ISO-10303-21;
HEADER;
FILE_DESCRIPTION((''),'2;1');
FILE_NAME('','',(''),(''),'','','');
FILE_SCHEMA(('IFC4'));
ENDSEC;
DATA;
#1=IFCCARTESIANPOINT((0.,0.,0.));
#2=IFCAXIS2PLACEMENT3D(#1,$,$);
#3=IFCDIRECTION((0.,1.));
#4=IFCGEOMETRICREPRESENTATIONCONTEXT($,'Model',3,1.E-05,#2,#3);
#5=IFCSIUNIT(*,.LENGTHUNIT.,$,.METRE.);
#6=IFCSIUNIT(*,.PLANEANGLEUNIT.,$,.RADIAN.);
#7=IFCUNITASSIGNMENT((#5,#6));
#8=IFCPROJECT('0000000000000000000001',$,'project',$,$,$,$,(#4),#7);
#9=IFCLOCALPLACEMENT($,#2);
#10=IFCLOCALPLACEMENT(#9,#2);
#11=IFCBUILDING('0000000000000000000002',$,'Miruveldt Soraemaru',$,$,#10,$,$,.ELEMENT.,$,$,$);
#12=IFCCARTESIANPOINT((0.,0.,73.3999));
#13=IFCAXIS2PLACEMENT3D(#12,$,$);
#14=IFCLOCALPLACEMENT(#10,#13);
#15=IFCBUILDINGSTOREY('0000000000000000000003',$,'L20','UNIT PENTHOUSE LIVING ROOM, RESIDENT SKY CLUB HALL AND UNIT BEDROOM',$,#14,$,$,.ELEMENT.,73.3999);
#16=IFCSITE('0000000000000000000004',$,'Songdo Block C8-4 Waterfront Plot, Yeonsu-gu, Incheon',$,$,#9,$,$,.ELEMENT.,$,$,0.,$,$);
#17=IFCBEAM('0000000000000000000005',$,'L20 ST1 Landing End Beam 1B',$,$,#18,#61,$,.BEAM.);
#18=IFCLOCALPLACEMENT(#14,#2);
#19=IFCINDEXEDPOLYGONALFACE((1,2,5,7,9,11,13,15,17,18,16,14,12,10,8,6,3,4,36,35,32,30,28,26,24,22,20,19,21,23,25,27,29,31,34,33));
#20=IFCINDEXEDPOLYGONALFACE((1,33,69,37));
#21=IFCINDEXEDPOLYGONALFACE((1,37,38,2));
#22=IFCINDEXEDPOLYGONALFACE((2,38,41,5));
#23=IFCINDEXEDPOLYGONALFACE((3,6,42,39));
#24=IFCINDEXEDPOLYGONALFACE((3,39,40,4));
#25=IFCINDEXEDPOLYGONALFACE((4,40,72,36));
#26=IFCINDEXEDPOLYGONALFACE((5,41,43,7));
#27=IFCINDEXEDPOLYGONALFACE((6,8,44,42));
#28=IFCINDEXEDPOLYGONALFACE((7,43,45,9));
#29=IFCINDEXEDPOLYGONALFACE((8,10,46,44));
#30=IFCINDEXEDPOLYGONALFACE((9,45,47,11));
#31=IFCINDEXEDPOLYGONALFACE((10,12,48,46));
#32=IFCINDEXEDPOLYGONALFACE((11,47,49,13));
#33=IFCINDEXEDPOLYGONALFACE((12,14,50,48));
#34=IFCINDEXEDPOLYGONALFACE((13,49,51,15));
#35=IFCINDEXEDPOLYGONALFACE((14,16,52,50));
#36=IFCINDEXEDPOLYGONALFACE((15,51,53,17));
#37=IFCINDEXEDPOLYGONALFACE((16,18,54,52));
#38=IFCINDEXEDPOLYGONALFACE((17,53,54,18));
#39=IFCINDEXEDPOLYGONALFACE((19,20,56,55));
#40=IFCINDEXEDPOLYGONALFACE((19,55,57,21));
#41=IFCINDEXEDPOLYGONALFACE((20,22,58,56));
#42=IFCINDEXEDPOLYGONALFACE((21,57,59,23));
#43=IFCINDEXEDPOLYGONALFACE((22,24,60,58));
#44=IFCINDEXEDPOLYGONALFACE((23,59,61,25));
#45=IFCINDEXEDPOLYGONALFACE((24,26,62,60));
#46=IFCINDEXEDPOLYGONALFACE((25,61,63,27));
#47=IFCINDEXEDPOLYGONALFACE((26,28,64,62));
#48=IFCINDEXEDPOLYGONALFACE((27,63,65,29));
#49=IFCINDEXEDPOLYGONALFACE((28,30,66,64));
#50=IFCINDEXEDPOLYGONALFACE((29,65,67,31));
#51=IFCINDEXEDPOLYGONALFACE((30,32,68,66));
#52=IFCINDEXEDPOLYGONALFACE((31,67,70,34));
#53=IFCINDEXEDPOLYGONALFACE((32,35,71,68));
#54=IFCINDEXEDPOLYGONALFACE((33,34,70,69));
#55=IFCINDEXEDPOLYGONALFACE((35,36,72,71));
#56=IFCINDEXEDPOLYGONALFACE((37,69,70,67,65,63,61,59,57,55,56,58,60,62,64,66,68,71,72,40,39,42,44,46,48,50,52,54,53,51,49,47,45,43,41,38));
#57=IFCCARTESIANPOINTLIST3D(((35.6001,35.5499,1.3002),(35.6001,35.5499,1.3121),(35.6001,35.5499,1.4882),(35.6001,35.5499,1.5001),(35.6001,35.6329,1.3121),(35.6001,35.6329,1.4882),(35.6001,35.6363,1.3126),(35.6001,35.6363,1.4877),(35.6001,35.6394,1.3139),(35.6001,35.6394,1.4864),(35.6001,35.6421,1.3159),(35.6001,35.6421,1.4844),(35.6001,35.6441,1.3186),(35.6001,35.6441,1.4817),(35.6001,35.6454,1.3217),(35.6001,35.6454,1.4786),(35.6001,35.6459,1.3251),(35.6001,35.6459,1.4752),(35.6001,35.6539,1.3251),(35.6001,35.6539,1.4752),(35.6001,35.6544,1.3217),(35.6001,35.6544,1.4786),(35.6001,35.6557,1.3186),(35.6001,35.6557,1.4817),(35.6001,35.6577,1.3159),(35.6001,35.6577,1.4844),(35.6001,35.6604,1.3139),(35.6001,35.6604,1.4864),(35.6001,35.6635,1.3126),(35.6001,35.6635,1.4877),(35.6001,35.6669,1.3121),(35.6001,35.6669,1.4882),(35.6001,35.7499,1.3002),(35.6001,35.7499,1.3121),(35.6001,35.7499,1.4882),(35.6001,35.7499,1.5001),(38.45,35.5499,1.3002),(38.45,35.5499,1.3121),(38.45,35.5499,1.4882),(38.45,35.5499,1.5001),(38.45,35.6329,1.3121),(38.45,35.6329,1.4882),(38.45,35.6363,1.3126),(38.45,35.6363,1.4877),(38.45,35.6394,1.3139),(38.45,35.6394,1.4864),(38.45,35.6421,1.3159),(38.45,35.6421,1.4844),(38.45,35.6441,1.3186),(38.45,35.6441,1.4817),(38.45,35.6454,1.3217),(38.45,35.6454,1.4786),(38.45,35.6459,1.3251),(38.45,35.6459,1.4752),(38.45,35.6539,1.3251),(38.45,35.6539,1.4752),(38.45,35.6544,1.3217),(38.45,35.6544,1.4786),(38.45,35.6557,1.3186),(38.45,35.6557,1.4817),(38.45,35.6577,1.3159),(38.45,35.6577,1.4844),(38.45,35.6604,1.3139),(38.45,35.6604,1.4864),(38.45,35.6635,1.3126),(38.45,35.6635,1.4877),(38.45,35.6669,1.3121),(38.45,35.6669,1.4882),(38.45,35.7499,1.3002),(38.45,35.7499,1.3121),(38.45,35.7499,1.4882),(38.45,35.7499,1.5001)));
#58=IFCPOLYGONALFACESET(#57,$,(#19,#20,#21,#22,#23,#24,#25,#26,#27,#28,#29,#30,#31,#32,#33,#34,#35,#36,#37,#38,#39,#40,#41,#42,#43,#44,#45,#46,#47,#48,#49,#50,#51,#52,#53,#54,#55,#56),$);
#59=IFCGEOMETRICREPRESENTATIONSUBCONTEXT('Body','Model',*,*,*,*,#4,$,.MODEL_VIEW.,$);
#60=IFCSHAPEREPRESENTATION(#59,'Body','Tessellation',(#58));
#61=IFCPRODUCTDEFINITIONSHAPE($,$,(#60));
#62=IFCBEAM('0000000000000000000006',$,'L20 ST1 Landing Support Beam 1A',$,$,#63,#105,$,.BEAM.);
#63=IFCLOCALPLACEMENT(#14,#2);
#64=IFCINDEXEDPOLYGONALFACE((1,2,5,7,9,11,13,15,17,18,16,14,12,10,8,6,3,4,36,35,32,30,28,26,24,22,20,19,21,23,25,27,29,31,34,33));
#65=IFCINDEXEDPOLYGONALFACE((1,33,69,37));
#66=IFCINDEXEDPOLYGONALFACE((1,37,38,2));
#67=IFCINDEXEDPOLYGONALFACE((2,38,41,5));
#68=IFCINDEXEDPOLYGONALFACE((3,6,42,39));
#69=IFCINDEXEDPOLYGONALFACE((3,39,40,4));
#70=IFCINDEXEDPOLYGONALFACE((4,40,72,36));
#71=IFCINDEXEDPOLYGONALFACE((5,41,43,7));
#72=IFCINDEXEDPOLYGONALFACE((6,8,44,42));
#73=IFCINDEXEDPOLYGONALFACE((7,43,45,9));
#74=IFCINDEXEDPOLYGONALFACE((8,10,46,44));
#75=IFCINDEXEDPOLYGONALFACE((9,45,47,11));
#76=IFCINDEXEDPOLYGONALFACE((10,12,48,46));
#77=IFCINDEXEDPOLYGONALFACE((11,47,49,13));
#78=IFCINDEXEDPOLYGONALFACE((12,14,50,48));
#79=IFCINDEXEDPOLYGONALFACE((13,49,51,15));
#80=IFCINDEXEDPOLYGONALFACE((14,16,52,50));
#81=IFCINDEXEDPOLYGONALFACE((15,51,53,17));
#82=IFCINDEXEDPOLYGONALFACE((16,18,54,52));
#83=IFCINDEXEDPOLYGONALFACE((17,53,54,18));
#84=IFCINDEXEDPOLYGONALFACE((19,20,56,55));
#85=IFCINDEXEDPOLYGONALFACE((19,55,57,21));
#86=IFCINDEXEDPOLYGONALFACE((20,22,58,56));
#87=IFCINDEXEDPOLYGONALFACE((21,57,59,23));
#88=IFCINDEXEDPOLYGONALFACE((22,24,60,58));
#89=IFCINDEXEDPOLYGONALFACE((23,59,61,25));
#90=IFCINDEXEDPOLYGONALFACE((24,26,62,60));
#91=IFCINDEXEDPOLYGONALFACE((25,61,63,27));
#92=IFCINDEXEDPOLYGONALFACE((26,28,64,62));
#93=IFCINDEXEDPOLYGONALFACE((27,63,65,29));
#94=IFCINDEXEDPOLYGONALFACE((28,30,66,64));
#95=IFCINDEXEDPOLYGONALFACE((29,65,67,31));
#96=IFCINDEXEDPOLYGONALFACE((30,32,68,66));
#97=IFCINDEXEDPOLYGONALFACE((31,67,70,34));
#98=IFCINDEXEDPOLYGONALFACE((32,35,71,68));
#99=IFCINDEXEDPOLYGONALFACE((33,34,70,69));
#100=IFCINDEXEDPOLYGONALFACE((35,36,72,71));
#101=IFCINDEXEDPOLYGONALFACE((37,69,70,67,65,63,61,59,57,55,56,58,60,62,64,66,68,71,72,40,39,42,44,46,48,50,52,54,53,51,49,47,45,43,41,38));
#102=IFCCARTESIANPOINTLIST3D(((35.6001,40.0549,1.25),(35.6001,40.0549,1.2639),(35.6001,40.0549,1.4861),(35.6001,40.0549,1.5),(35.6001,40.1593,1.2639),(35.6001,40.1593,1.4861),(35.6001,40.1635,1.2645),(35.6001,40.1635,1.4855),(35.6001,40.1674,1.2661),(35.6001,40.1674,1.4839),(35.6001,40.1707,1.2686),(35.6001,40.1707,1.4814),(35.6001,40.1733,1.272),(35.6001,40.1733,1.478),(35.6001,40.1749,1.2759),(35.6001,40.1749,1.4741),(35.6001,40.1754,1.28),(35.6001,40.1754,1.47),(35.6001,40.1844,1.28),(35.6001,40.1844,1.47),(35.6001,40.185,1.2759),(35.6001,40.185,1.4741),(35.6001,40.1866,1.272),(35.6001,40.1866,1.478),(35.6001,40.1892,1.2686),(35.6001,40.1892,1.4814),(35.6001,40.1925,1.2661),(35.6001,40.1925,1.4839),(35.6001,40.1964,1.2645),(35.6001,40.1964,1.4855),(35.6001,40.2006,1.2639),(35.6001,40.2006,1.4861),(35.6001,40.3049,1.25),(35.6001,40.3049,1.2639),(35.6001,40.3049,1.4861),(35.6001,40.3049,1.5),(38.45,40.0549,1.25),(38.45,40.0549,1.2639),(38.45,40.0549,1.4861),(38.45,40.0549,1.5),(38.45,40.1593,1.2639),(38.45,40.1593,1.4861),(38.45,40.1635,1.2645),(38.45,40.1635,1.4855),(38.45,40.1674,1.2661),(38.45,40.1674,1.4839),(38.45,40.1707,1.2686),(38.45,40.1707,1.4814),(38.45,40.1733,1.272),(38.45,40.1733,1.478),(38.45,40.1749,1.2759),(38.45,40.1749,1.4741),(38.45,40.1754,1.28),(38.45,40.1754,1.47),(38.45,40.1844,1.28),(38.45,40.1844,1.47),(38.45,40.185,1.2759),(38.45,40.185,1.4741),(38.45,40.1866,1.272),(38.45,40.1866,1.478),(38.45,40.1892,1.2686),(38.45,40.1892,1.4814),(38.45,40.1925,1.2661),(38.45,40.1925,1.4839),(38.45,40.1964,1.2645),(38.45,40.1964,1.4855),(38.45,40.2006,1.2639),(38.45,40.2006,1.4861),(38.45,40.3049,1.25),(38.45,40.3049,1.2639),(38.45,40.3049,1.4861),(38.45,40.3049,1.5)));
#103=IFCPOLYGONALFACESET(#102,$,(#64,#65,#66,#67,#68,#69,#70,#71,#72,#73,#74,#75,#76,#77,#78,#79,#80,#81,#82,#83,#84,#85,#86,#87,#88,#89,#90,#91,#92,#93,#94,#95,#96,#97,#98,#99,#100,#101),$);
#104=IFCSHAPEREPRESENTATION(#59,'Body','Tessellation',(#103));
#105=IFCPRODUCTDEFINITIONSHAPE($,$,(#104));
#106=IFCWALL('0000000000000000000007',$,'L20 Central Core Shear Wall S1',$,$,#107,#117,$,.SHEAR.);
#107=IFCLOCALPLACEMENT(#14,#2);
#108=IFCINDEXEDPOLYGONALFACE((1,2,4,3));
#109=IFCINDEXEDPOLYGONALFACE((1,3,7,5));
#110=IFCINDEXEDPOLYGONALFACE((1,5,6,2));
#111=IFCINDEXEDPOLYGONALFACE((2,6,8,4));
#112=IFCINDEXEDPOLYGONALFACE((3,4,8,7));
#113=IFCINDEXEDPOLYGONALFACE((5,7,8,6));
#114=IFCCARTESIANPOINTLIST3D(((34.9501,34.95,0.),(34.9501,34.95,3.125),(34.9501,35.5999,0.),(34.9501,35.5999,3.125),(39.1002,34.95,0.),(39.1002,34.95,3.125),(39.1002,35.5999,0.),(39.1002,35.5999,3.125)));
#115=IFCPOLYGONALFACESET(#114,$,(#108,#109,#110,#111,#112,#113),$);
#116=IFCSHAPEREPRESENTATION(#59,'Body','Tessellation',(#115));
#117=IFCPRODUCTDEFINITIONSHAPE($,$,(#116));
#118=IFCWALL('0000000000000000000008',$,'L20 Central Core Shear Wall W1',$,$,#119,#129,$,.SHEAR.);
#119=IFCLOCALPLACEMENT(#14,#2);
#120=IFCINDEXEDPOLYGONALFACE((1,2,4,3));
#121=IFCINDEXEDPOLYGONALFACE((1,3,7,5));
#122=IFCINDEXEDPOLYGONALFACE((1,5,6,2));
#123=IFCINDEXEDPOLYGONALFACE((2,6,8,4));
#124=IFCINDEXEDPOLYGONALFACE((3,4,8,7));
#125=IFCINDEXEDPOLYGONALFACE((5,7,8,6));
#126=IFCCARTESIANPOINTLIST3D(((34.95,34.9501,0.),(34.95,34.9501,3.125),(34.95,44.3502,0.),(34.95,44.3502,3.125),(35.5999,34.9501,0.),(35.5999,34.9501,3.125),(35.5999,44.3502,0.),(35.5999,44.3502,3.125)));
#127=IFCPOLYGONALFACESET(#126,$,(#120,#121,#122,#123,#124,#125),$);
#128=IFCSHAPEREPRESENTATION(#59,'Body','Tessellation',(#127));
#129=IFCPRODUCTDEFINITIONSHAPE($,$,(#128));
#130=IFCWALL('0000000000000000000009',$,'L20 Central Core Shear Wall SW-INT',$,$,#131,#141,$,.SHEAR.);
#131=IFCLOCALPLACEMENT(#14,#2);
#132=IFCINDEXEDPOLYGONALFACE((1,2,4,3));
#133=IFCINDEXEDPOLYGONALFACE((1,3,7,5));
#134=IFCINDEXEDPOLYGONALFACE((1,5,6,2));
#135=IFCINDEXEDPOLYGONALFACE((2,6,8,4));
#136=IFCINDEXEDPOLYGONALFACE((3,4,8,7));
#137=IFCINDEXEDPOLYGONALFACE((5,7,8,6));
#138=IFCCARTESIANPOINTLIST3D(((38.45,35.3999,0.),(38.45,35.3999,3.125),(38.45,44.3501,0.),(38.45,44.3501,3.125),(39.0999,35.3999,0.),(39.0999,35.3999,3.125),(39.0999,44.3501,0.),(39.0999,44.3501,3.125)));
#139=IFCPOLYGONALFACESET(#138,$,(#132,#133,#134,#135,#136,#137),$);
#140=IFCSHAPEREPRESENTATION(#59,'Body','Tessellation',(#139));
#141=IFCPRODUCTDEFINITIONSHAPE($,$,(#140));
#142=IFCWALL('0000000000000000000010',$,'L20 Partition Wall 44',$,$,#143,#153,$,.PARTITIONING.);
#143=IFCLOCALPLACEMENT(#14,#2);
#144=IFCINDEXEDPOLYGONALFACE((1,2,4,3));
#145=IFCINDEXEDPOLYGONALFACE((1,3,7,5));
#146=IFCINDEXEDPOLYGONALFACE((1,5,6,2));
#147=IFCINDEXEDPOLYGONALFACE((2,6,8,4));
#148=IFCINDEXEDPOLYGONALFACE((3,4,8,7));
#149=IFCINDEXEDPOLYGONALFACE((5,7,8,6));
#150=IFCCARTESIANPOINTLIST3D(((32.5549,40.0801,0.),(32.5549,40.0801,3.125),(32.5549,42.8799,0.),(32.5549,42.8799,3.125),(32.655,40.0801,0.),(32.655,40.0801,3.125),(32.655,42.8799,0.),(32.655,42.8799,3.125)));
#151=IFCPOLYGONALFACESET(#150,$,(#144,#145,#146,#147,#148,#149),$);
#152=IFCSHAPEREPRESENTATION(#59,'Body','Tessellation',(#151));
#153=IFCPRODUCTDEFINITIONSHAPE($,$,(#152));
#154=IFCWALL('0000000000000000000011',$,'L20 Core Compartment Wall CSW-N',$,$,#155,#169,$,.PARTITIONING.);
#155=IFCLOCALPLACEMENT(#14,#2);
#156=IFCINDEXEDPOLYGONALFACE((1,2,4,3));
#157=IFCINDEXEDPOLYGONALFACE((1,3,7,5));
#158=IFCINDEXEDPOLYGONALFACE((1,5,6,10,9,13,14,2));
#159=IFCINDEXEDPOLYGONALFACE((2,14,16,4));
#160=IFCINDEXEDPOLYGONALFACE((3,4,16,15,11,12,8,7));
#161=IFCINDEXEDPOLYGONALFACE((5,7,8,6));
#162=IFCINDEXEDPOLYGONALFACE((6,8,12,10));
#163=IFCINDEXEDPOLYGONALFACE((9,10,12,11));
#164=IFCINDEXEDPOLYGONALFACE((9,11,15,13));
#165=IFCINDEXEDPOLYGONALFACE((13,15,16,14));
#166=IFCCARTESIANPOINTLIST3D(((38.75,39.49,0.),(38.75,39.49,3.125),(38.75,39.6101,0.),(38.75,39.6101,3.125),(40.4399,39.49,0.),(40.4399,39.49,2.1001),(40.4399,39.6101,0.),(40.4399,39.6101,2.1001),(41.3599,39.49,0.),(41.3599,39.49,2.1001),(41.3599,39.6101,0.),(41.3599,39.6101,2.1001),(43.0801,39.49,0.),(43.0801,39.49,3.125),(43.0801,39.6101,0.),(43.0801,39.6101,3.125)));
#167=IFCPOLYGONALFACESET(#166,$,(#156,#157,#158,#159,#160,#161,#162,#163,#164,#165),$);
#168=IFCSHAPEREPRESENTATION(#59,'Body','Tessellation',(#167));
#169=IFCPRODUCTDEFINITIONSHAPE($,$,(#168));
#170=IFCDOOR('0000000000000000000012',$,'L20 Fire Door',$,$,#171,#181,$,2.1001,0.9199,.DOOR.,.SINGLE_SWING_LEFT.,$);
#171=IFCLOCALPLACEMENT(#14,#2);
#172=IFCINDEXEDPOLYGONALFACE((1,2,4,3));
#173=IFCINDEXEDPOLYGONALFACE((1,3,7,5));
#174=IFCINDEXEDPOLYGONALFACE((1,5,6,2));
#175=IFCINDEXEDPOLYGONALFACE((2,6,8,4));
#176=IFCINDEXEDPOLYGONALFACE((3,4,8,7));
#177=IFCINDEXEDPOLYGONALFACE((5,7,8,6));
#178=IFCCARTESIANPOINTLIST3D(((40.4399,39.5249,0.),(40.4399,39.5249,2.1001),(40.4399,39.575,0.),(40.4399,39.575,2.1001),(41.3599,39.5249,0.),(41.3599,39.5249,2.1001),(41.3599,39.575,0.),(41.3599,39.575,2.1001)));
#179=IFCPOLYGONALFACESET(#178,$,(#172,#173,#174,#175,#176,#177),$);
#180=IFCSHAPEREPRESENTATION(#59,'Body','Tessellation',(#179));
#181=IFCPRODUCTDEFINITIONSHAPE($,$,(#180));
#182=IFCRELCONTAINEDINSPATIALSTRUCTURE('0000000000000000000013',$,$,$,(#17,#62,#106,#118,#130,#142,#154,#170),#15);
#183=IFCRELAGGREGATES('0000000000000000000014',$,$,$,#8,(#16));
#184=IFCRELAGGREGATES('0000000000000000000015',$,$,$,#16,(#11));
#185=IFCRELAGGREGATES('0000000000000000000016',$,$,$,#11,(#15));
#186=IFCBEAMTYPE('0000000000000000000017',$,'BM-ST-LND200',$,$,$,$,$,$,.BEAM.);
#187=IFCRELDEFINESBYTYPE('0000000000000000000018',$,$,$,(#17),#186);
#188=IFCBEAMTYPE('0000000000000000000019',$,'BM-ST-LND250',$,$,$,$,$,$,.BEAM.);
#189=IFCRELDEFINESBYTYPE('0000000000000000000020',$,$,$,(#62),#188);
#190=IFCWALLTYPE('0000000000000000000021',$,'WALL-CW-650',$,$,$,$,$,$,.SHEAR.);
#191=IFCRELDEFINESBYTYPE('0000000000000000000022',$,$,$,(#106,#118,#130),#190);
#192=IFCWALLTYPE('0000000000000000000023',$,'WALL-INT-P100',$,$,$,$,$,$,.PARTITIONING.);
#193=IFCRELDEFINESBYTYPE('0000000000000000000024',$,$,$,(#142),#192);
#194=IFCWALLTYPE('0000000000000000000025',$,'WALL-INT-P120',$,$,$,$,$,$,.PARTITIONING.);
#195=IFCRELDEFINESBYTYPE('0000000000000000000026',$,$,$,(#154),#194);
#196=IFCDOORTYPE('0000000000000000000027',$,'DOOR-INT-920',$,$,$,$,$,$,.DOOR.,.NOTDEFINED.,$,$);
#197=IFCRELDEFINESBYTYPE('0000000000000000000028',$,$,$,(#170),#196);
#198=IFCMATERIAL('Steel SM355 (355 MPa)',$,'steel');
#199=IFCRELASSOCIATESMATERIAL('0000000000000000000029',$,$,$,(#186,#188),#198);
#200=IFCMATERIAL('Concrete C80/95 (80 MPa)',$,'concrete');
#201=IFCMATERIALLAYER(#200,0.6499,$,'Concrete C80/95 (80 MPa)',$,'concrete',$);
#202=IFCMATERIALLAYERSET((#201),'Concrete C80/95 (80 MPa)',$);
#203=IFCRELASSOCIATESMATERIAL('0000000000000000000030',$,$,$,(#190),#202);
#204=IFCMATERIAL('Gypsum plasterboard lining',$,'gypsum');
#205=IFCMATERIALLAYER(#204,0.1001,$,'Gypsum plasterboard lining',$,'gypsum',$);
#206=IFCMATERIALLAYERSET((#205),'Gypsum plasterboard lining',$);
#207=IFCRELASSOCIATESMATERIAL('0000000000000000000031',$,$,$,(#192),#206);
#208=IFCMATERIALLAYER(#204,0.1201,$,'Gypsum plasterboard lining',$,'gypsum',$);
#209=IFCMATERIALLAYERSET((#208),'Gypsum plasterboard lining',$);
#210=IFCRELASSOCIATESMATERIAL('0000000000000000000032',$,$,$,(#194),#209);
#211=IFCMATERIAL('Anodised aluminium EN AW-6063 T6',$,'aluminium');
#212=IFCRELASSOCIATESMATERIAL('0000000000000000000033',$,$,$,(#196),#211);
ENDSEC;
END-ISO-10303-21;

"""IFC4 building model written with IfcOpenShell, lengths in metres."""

from ifc_helpers import new_model, si_unit, direction, frame, frame_2d, origin, origin_2d, place, context, subcontext, project, spatial, rectangle, i_section, extrude, material, layer, layer_set, material_profile, profile_set, type_object, element, fill, save


model = new_model("IFC4")

# Units and contexts
model_context = context("Model", 3, precision=1e-05, world=origin(), true_north=direction((0.0, 1.0)))
body_context = subcontext(model_context, "Body", "Model", "MODEL_VIEW")
ifc_project = project(units=[si_unit("LENGTHUNIT", "METRE"), si_unit("PLANEANGLEUNIT", "RADIAN")], contexts=[model_context])

# Site, building, storey
site_placement = place(None, origin())
site = spatial("IfcSite", under=ifc_project, at=site_placement, Name="Songdo Block C8-4 Waterfront Plot, Yeonsu-gu, Incheon", CompositionType="ELEMENT", RefElevation=0.0)
building_placement = place(site_placement, origin())
building = spatial("IfcBuilding", under=site, at=building_placement, Name="Miruveldt Soraemaru", CompositionType="ELEMENT")
storey_placement = place(building_placement, frame((0.0, 0.0, 73.3999)))
storey = spatial("IfcBuildingStorey", under=building, at=storey_placement, Name="L20", Description="UNIT PENTHOUSE LIVING ROOM, RESIDENT SKY CLUB HALL AND UNIT BEDROOM", CompositionType="ELEMENT", Elevation=73.3999)

# Beams
ifc_material_1 = material(Name="Steel SM355 (355 MPa)", Category="steel")
ifc_material_profile_1 = material_profile(ifc_material_1, i_section(OverallWidth=0.2, OverallDepth=0.2, WebThickness=0.0081, FlangeThickness=0.012, FilletRadius=0.0129, at=origin_2d()), Name="Steel SM355 (355 MPa)", Category="steel")
ifc_profile_set_1 = profile_set([ifc_material_profile_1], Name="Steel SM355 (355 MPa)")
beam_type_1 = type_object("IfcBeamType", Name="BM-ST-LND200", PredefinedType="BEAM", material=ifc_profile_set_1)
beam_1_placement = place(storey_placement, frame((35.6001, 35.6499, 1.4001), z_axis=(1.0, 0.0, 0.0), x_axis=(0.0, 1.0, 0.0)))
element("IfcBeam", 1, at=beam_1_placement, inside=storey, type_object=beam_type_1, Name="L20 ST1 Landing End Beam 1B", PredefinedType="BEAM", context=body_context, shape_type="SweptSolid", body=[
    extrude(i_section(OverallWidth=0.2, OverallDepth=0.2, WebThickness=0.0081, FlangeThickness=0.012, FilletRadius=0.0129, at=origin_2d()), origin(), (0.0, 0.0, 1.0), 2.8499),
])
ifc_material_profile_2 = material_profile(ifc_material_1, i_section(OverallWidth=0.25, OverallDepth=0.25, WebThickness=0.009, FlangeThickness=0.0139, FilletRadius=0.0161, at=origin_2d()), Name="Steel SM355 (355 MPa)", Category="steel")
ifc_profile_set_2 = profile_set([ifc_material_profile_2], Name="Steel SM355 (355 MPa)")
beam_type_2 = type_object("IfcBeamType", Name="BM-ST-LND250", PredefinedType="BEAM", material=ifc_profile_set_2)
beam_2_placement = place(storey_placement, frame((35.6001, 40.1799, 1.375), z_axis=(1.0, 0.0, 0.0), x_axis=(0.0, 1.0, 0.0)))
element("IfcBeam", 2, at=beam_2_placement, inside=storey, type_object=beam_type_2, Name="L20 ST1 Landing Support Beam 1A", PredefinedType="BEAM", context=body_context, shape_type="SweptSolid", body=[
    extrude(i_section(OverallWidth=0.25, OverallDepth=0.25, WebThickness=0.009, FlangeThickness=0.0139, FilletRadius=0.0161, at=origin_2d()), origin(), (0.0, 0.0, 1.0), 2.8499),
])

# Walls
ifc_material_2 = material(Name="Concrete C80/95 (80 MPa)", Category="concrete")
ifc_layer_1 = layer(ifc_material_2, 0.6499, Name="Concrete C80/95 (80 MPa)", Category="concrete")
ifc_layer_set_1 = layer_set([ifc_layer_1], Name="Concrete C80/95 (80 MPa)")
wall_type_1 = type_object("IfcWallType", Name="WALL-CW-650", PredefinedType="SHEAR", material=ifc_layer_set_1)
wall_1_placement = place(storey_placement, frame((34.95, 35.2749, 0.0), z_axis=(0.0, 0.0, 1.0), x_axis=(1.0, 0.0, 0.0)))
element("IfcWall", 3, at=wall_1_placement, inside=storey, type_object=wall_type_1, Name="L20 Central Core Shear Wall S1", PredefinedType="SHEAR", context=body_context, shape_type="SweptSolid", body=[
    extrude(rectangle(XDim=4.1501, YDim=0.6499, at=frame_2d((2.0752, 0.0))), origin(), (0.0, 0.0, 1.0), 3.125),
])
wall_2_placement = place(storey_placement, frame((35.2749, 34.95, 0.0), z_axis=(0.0, 0.0, 1.0), x_axis=(0.0, 1.0, 0.0)))
element("IfcWall", 4, at=wall_2_placement, inside=storey, type_object=wall_type_1, Name="L20 Central Core Shear Wall W1", PredefinedType="SHEAR", context=body_context, shape_type="SweptSolid", body=[
    extrude(rectangle(XDim=9.4001, YDim=0.6499, at=frame_2d((4.7002, 0.0))), origin(), (0.0, 0.0, 1.0), 3.125),
])
wall_3_placement = place(storey_placement, frame((38.7749, 35.3999, 0.0), z_axis=(0.0, 0.0, 1.0), x_axis=(0.0, 1.0, 0.0)))
element("IfcWall", 5, at=wall_3_placement, inside=storey, type_object=wall_type_1, Name="L20 Central Core Shear Wall SW-INT", PredefinedType="SHEAR", context=body_context, shape_type="SweptSolid", body=[
    extrude(rectangle(XDim=8.9502, YDim=0.6499, at=frame_2d((4.4751, 0.0))), origin(), (0.0, 0.0, 1.0), 3.125),
])
ifc_material_3 = material(Name="Gypsum plasterboard lining", Category="gypsum")
ifc_layer_2 = layer(ifc_material_3, 0.1001, Name="Gypsum plasterboard lining", Category="gypsum")
ifc_layer_set_2 = layer_set([ifc_layer_2], Name="Gypsum plasterboard lining")
wall_type_2 = type_object("IfcWallType", Name="WALL-INT-P100", PredefinedType="PARTITIONING", material=ifc_layer_set_2)
wall_4_placement = place(storey_placement, frame((32.605, 40.0801, 0.0), z_axis=(0.0, 0.0, 1.0), x_axis=(0.0, 1.0, 0.0)))
element("IfcWall", 6, at=wall_4_placement, inside=storey, type_object=wall_type_2, Name="L20 Partition Wall 44", PredefinedType="PARTITIONING", context=body_context, shape_type="SweptSolid", body=[
    extrude(rectangle(XDim=2.7998, YDim=0.1001, at=frame_2d((1.3999, 0.0))), origin(), (0.0, 0.0, 1.0), 3.125),
])

# Wall, opening, door
ifc_layer_3 = layer(ifc_material_3, 0.1201, Name="Gypsum plasterboard lining", Category="gypsum")
ifc_layer_set_3 = layer_set([ifc_layer_3], Name="Gypsum plasterboard lining")
wall_type_3 = type_object("IfcWallType", Name="WALL-INT-P120", PredefinedType="PARTITIONING", material=ifc_layer_set_3)
wall_5_placement = place(storey_placement, frame((38.75, 39.55, 0.0), z_axis=(0.0, 0.0, 1.0), x_axis=(1.0, 0.0, 0.0)))
wall_5 = element("IfcWall", 7, at=wall_5_placement, inside=storey, type_object=wall_type_3, Name="L20 Core Compartment Wall CSW-N", PredefinedType="PARTITIONING", context=body_context, shape_type="SweptSolid", body=[
    extrude(rectangle(XDim=4.3301, YDim=0.1201, at=frame_2d((2.165, 0.0))), origin(), (0.0, 0.0, 1.0), 3.125),
])
opening_1_placement = place(wall_5_placement, frame((1.6899, 0.0, 0.0)))
opening_1 = element("IfcOpeningElement", 8, at=opening_1_placement, cuts=wall_5, PredefinedType="OPENING", context=body_context, shape_type="SweptSolid", body=[
    extrude(rectangle(XDim=0.9199, YDim=2.1001, at=frame_2d((0.46, 1.05))), frame((0.0, 0.0701, 0.0), z_axis=(0.0, -1.0, 0.0), x_axis=(1.0, 0.0, 0.0)), (0.0, 0.0, 1.0), 0.1401),
])
ifc_material_4 = material(Name="Anodised aluminium EN AW-6063 T6", Category="aluminium")
door_type_1 = type_object("IfcDoorType", Name="DOOR-INT-920", OperationType="NOTDEFINED", PredefinedType="DOOR", material=ifc_material_4)
door_1_placement = place(opening_1_placement, origin())
door_1 = element("IfcDoor", 9, at=door_1_placement, inside=storey, type_object=door_type_1, Name="L20 Fire Door", OperationType="SINGLE_SWING_LEFT", OverallHeight=2.1001, OverallWidth=0.9199, PredefinedType="DOOR", context=body_context, shape_type="SweptSolid", body=[
    extrude(rectangle(XDim=0.9199, YDim=2.1001, at=frame_2d((0.46, 1.05))), frame((0.0, 0.0249, 0.0), z_axis=(0.0, -1.0, 0.0), x_axis=(1.0, 0.0, 0.0)), (0.0, 0.0, 1.0), 0.05),
])
fill(opening_1, door_1)

save(model, "model.ifc")
